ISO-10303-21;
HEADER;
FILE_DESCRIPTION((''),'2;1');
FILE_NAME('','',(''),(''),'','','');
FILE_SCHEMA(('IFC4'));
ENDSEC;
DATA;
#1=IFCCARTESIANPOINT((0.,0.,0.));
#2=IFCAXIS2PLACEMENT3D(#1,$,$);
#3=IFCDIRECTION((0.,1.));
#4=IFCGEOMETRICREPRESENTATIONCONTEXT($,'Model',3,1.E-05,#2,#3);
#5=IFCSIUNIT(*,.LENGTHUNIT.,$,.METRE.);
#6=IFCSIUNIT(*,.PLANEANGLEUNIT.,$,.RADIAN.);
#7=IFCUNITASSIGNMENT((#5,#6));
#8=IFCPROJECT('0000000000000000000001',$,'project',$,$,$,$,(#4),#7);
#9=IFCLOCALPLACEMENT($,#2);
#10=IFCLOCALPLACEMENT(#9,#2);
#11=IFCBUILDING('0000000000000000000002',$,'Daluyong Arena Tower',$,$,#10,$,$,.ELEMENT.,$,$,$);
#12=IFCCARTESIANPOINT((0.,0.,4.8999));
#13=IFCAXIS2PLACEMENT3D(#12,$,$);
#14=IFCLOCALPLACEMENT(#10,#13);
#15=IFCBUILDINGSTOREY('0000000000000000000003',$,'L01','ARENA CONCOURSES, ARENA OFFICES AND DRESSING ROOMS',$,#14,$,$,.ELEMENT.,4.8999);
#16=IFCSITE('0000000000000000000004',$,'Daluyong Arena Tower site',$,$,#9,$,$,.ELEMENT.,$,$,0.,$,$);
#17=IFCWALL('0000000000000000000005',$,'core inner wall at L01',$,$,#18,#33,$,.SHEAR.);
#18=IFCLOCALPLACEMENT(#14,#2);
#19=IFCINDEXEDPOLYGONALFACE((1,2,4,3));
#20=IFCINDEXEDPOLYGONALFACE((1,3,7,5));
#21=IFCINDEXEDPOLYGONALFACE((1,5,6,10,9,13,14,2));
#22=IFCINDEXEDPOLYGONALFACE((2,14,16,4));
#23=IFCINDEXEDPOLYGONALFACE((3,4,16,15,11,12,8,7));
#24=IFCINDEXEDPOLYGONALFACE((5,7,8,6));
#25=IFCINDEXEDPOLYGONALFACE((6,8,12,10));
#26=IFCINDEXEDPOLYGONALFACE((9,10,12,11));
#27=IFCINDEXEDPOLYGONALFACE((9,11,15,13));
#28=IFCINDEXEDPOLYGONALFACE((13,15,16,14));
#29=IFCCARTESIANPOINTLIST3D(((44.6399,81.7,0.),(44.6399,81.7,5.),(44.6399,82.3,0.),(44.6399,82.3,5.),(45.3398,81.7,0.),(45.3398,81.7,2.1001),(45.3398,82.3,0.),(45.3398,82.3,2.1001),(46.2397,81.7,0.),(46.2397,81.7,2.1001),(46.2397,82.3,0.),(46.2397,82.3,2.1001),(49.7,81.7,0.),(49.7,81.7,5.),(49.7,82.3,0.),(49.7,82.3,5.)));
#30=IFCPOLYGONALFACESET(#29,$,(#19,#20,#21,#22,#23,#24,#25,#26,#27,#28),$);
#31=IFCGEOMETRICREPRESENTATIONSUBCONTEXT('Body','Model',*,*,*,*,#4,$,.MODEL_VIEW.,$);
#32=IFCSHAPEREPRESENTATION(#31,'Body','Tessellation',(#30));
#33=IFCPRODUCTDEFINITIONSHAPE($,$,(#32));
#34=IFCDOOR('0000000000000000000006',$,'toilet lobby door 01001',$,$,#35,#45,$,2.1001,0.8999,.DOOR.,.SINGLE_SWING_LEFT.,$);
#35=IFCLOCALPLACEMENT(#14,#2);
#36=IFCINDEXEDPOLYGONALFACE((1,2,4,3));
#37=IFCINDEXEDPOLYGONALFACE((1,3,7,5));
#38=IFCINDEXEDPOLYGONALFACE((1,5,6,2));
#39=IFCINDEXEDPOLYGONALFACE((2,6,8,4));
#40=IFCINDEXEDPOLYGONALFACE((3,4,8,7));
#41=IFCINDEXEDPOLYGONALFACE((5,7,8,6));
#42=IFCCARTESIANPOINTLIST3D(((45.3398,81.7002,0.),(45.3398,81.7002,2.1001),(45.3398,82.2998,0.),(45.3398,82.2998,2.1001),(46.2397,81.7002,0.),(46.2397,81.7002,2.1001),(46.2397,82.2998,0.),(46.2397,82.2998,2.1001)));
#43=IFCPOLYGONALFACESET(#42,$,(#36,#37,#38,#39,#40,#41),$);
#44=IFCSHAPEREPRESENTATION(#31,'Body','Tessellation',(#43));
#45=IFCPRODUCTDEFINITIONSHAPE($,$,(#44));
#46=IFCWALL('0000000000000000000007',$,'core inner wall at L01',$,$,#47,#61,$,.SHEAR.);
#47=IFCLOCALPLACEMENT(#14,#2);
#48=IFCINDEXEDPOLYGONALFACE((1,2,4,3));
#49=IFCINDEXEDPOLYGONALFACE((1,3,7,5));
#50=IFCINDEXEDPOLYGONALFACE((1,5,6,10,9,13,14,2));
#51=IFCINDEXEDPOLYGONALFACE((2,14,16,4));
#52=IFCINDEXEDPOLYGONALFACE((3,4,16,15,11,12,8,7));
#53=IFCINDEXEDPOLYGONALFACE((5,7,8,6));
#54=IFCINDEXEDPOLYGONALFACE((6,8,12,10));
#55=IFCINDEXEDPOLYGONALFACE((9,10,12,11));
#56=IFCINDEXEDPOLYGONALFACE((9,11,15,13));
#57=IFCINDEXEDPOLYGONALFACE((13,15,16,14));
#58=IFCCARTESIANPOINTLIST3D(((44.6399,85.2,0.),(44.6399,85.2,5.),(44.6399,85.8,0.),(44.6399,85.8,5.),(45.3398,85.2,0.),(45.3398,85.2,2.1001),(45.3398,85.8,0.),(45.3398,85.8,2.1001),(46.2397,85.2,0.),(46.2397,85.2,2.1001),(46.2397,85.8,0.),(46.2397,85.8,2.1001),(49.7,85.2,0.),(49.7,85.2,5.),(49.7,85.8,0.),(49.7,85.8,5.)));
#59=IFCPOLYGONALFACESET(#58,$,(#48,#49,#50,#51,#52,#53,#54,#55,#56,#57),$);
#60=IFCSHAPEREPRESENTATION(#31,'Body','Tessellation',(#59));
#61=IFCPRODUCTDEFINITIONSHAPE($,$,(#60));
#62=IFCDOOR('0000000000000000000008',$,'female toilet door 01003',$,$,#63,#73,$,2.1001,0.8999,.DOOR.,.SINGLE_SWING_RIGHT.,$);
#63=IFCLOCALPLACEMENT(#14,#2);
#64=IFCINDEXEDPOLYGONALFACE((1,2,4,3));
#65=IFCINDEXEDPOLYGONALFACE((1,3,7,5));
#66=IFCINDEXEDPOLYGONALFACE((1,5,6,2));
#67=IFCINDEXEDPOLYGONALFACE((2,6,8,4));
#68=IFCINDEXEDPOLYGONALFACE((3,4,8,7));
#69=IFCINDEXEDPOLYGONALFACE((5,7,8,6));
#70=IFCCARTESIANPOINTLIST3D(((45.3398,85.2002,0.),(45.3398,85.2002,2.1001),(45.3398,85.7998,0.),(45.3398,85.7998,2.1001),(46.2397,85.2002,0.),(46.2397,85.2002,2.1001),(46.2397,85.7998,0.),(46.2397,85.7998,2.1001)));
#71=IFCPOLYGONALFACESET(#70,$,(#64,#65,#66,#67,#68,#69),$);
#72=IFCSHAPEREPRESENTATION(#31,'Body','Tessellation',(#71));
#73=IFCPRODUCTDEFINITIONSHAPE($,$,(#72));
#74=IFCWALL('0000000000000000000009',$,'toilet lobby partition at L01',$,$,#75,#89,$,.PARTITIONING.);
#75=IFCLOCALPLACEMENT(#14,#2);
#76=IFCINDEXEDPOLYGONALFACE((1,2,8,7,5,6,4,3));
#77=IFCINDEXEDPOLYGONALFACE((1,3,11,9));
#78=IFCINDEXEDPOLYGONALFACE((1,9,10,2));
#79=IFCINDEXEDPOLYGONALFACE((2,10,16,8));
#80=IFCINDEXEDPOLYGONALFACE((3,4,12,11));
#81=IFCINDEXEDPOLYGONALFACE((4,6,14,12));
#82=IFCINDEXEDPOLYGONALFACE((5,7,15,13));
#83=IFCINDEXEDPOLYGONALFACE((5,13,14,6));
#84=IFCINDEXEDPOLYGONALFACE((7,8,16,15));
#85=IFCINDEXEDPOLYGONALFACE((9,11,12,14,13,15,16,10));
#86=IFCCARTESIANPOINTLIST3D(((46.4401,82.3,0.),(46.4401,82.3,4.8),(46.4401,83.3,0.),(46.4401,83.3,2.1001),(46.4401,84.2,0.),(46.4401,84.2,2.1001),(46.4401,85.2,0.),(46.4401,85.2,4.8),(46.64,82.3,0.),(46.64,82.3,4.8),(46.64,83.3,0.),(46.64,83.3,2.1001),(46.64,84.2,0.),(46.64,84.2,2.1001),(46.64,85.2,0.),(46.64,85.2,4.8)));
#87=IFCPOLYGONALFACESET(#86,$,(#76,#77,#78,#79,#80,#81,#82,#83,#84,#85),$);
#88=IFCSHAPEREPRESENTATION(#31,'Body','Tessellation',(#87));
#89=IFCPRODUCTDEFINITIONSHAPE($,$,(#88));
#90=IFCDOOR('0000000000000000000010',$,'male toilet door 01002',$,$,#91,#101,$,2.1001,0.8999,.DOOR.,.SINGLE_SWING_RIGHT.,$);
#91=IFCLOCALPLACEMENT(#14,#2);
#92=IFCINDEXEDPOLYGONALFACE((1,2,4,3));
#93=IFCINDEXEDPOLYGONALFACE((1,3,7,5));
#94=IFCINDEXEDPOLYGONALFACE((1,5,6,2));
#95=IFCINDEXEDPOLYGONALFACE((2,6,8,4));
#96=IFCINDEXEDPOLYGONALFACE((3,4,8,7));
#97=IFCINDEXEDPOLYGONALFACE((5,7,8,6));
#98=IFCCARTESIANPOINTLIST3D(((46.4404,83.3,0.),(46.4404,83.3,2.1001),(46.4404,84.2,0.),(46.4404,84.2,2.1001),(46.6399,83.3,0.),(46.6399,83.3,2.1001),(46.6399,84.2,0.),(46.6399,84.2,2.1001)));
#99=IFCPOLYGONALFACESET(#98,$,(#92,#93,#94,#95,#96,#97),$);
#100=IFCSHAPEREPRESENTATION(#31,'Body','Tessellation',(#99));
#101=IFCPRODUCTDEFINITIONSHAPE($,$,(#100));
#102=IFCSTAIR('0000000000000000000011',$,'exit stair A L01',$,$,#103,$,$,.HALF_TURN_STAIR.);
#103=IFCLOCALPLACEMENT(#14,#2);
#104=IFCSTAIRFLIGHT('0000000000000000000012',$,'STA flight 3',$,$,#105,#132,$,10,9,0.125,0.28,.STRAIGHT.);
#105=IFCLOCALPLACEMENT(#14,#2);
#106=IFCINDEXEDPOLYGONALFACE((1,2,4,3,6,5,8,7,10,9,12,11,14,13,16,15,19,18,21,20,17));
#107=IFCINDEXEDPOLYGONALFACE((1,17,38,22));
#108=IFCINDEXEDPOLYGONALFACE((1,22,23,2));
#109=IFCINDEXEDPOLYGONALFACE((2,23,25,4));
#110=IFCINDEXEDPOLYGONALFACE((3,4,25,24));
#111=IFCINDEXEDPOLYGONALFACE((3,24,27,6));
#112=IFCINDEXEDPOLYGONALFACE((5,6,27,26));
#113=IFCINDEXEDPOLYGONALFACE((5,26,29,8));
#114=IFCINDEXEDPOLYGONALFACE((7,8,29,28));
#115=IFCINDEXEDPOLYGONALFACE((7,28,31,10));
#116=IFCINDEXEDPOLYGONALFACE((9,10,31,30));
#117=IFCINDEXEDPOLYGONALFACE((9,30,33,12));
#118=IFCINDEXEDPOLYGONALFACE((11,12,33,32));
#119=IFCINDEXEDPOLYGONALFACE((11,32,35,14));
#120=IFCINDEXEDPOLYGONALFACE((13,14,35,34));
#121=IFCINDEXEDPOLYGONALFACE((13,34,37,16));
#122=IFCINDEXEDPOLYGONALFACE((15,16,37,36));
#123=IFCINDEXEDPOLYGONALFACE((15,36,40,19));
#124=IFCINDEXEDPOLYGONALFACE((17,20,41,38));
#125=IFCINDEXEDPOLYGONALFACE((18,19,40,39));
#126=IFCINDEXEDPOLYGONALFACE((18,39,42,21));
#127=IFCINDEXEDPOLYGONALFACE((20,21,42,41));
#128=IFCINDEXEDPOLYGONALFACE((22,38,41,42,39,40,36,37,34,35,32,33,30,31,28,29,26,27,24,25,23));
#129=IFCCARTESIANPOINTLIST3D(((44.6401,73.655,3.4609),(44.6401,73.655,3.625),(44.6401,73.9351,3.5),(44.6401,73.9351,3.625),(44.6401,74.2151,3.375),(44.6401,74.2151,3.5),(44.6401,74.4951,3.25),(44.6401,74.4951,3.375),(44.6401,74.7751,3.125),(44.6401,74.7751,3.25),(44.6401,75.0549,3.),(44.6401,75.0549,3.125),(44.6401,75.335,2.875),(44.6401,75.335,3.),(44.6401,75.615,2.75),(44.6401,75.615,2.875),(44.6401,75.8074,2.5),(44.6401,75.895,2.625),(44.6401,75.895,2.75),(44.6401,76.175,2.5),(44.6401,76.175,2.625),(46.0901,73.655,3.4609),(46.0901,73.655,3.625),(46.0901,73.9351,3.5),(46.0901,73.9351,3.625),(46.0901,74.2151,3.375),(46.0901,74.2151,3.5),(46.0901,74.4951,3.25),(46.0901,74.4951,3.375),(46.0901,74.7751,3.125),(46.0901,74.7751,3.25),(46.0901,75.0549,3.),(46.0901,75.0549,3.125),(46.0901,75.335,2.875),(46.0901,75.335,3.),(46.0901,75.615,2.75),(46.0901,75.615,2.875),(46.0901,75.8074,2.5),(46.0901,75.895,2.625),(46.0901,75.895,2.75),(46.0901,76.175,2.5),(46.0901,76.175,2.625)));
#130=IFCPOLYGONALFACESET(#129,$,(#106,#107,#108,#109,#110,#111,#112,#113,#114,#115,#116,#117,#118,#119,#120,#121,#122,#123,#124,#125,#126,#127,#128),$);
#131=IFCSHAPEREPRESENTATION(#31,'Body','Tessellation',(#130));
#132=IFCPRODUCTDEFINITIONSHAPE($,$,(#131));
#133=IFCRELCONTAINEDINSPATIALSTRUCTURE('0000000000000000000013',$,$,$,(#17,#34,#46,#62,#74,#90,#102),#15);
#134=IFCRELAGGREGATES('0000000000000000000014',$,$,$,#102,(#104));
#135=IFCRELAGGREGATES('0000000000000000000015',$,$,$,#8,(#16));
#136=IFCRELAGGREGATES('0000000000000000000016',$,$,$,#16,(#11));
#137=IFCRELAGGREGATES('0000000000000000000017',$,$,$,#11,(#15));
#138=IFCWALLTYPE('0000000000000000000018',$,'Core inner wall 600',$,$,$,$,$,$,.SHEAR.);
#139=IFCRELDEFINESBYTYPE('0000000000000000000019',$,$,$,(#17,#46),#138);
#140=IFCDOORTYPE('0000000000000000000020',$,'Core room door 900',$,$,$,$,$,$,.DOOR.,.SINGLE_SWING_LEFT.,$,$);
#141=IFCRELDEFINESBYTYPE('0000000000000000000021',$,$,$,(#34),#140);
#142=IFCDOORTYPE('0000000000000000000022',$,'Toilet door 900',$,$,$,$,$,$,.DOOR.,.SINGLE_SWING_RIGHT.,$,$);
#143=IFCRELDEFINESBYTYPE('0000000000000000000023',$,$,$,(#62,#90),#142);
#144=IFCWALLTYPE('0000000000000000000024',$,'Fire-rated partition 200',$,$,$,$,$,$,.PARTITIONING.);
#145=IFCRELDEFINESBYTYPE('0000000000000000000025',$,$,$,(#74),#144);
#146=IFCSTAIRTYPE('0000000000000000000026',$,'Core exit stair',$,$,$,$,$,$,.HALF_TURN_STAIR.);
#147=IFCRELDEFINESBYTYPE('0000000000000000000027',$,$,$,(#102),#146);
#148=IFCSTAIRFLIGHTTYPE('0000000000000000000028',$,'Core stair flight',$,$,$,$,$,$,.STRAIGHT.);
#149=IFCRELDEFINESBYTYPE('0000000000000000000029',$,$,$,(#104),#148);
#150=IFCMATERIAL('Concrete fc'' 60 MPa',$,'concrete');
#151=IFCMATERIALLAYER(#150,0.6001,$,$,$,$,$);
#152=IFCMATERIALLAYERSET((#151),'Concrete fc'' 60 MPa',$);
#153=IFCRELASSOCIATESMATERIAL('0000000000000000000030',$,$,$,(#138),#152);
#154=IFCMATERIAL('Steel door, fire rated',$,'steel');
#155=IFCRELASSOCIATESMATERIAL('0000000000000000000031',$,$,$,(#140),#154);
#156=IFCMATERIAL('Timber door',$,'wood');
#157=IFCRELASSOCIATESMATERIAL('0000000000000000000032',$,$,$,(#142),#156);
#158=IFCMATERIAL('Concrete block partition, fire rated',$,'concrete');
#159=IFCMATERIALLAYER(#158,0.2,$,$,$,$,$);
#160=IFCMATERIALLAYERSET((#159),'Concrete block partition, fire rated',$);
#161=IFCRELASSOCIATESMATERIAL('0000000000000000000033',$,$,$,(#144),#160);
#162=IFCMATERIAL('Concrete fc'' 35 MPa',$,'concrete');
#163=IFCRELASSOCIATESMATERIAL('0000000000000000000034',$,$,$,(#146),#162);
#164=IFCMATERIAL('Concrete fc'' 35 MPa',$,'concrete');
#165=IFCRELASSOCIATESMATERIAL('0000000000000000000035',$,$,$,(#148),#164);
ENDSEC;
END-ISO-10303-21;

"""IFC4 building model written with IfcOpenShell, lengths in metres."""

from ifc_helpers import new_model, si_unit, direction, frame, frame_2d, origin, place, context, subcontext, project, spatial, polyline, rectangle, outline, extrude, material, layer, layer_set, type_object, element, fill, aggregate, save


model = new_model("IFC4")

# Units and contexts
model_context = context("Model", 3, precision=1e-05, world=origin(), true_north=direction((0.0, 1.0)))
body_context = subcontext(model_context, "Body", "Model", "MODEL_VIEW")
ifc_project = project(units=[si_unit("LENGTHUNIT", "METRE"), si_unit("PLANEANGLEUNIT", "RADIAN")], contexts=[model_context])

# Site, building, storey
site_placement = place(None, origin())
site = spatial("IfcSite", under=ifc_project, at=site_placement, Name="Daluyong Arena Tower site", CompositionType="ELEMENT", RefElevation=0.0)
building_placement = place(site_placement, origin())
building = spatial("IfcBuilding", under=site, at=building_placement, Name="Daluyong Arena Tower", CompositionType="ELEMENT")
storey_placement = place(building_placement, frame((0.0, 0.0, 4.8999)))
storey = spatial("IfcBuildingStorey", under=building, at=storey_placement, Name="L01", Description="ARENA CONCOURSES, ARENA OFFICES AND DRESSING ROOMS", CompositionType="ELEMENT", Elevation=4.8999)

# Walls, openings, doors
ifc_material_1 = material(Name="Concrete fc' 60 MPa", Category="concrete")
ifc_layer_1 = layer(ifc_material_1, 0.6001)
ifc_layer_set_1 = layer_set([ifc_layer_1], Name="Concrete fc' 60 MPa")
wall_type_1 = type_object("IfcWallType", Name="Core inner wall 600", PredefinedType="SHEAR", material=ifc_layer_set_1)
wall_1_placement = place(storey_placement, frame((44.6399, 82.0, 0.0), z_axis=(0.0, 0.0, 1.0), x_axis=(1.0, 0.0, 0.0)))
wall_1 = element("IfcWall", 1, at=wall_1_placement, inside=storey, type_object=wall_type_1, Name="core inner wall at L01", PredefinedType="SHEAR", context=body_context, shape_type="SweptSolid", body=[
    extrude(rectangle(XDim=5.0601, YDim=0.6001, at=frame_2d((2.53, 0.0))), origin(), (0.0, 0.0, 1.0), 5.0),
])
opening_1_placement = place(wall_1_placement, frame((0.7, 0.0, 0.0)))
opening_1 = element("IfcOpeningElement", 2, at=opening_1_placement, cuts=wall_1, PredefinedType="OPENING", context=body_context, shape_type="SweptSolid", body=[
    extrude(rectangle(XDim=0.8999, YDim=2.1001, at=frame_2d((0.45, 1.05))), frame((0.0, 0.3101, 0.0), z_axis=(0.0, -1.0, 0.0), x_axis=(1.0, 0.0, 0.0)), (0.0, 0.0, 1.0), 0.6201),
])
ifc_material_2 = material(Name="Steel door, fire rated", Category="steel")
door_type_1 = type_object("IfcDoorType", Name="Core room door 900", OperationType="SINGLE_SWING_LEFT", PredefinedType="DOOR", material=ifc_material_2)
door_1_placement = place(opening_1_placement, origin())
door_1 = element("IfcDoor", 3, at=door_1_placement, inside=storey, type_object=door_type_1, Name="toilet lobby door 01001", OperationType="SINGLE_SWING_LEFT", OverallHeight=2.1001, OverallWidth=0.8999, PredefinedType="DOOR", context=body_context, shape_type="SweptSolid", body=[
    extrude(rectangle(XDim=0.8999, YDim=2.1001, at=frame_2d((0.45, 1.05))), frame((0.0, 0.2998, 0.0), z_axis=(0.0, -1.0, 0.0), x_axis=(1.0, 0.0, 0.0)), (0.0, 0.0, 1.0), 0.5996),
])
fill(opening_1, door_1)
wall_2_placement = place(storey_placement, frame((44.6399, 85.5, 0.0), z_axis=(0.0, 0.0, 1.0), x_axis=(1.0, 0.0, 0.0)))
wall_2 = element("IfcWall", 4, at=wall_2_placement, inside=storey, type_object=wall_type_1, Name="core inner wall at L01", PredefinedType="SHEAR", context=body_context, shape_type="SweptSolid", body=[
    extrude(rectangle(XDim=5.0601, YDim=0.6001, at=frame_2d((2.53, 0.0))), origin(), (0.0, 0.0, 1.0), 5.0),
])
opening_2_placement = place(wall_2_placement, frame((0.7, 0.0, 0.0)))
opening_2 = element("IfcOpeningElement", 5, at=opening_2_placement, cuts=wall_2, PredefinedType="OPENING", context=body_context, shape_type="SweptSolid", body=[
    extrude(rectangle(XDim=0.8999, YDim=2.1001, at=frame_2d((0.45, 1.05))), frame((0.0, 0.3101, 0.0), z_axis=(0.0, -1.0, 0.0), x_axis=(1.0, 0.0, 0.0)), (0.0, 0.0, 1.0), 0.6201),
])
ifc_material_3 = material(Name="Timber door", Category="wood")
door_type_2 = type_object("IfcDoorType", Name="Toilet door 900", OperationType="SINGLE_SWING_RIGHT", PredefinedType="DOOR", material=ifc_material_3)
door_2_placement = place(opening_2_placement, origin())
door_2 = element("IfcDoor", 6, at=door_2_placement, inside=storey, type_object=door_type_2, Name="female toilet door 01003", OperationType="SINGLE_SWING_RIGHT", OverallHeight=2.1001, OverallWidth=0.8999, PredefinedType="DOOR", context=body_context, shape_type="SweptSolid", body=[
    extrude(rectangle(XDim=0.8999, YDim=2.1001, at=frame_2d((0.45, 1.05))), frame((0.0, 0.2998, 0.0), z_axis=(0.0, -1.0, 0.0), x_axis=(1.0, 0.0, 0.0)), (0.0, 0.0, 1.0), 0.5996),
])
fill(opening_2, door_2)
ifc_material_4 = material(Name="Concrete block partition, fire rated", Category="concrete")
ifc_layer_2 = layer(ifc_material_4, 0.2)
ifc_layer_set_2 = layer_set([ifc_layer_2], Name="Concrete block partition, fire rated")
wall_type_2 = type_object("IfcWallType", Name="Fire-rated partition 200", PredefinedType="PARTITIONING", material=ifc_layer_set_2)
wall_3_placement = place(storey_placement, frame((46.54, 82.3, 0.0), z_axis=(0.0, 0.0, 1.0), x_axis=(0.0, 1.0, 0.0)))
wall_3 = element("IfcWall", 7, at=wall_3_placement, inside=storey, type_object=wall_type_2, Name="toilet lobby partition at L01", PredefinedType="PARTITIONING", context=body_context, shape_type="SweptSolid", body=[
    extrude(rectangle(XDim=2.8999, YDim=0.2, at=frame_2d((1.45, 0.0))), origin(), (0.0, 0.0, 1.0), 4.8),
])
opening_3_placement = place(wall_3_placement, frame((1.0, 0.0, 0.0)))
opening_3 = element("IfcOpeningElement", 8, at=opening_3_placement, cuts=wall_3, PredefinedType="OPENING", context=body_context, shape_type="SweptSolid", body=[
    extrude(rectangle(XDim=0.8999, YDim=2.1001, at=frame_2d((0.45, 1.05))), frame((0.0, 0.1099, 0.0), z_axis=(0.0, -1.0, 0.0), x_axis=(1.0, 0.0, 0.0)), (0.0, 0.0, 1.0), 0.22),
])
door_3_placement = place(opening_3_placement, origin())
door_3 = element("IfcDoor", 9, at=door_3_placement, inside=storey, type_object=door_type_2, Name="male toilet door 01002", OperationType="SINGLE_SWING_RIGHT", OverallHeight=2.1001, OverallWidth=0.8999, PredefinedType="DOOR", context=body_context, shape_type="SweptSolid", body=[
    extrude(rectangle(XDim=0.8999, YDim=2.1001, at=frame_2d((0.45, 1.05))), frame((0.0, 0.0996, 0.0), z_axis=(0.0, -1.0, 0.0), x_axis=(1.0, 0.0, 0.0)), (0.0, 0.0, 1.0), 0.1995),
])
fill(opening_3, door_3)

# Stair, stair flight
ifc_material_5 = material(Name="Concrete fc' 35 MPa", Category="concrete")
stair_type = type_object("IfcStairType", Name="Core exit stair", PredefinedType="HALF_TURN_STAIR", material=ifc_material_5)
stair_placement = place(storey_placement, origin())
stair = element("IfcStair", 10, at=stair_placement, inside=storey, type_object=stair_type, Name="exit stair A L01", PredefinedType="HALF_TURN_STAIR")
ifc_material_6 = material(Name="Concrete fc' 35 MPa", Category="concrete")
stair_flight_type = type_object("IfcStairFlightType", Name="Core stair flight", PredefinedType="STRAIGHT", material=ifc_material_6)
stair_flight_placement = place(storey_placement, frame((45.365, 76.175, 2.5), z_axis=(0.0, 0.0, 1.0), x_axis=(0.0, -1.0, 0.0)))
stair_flight = element("IfcStairFlight", 11, at=stair_flight_placement, type_object=stair_flight_type, Name="STA flight 3", NumberOfRisers=10, NumberOfTreads=9, PredefinedType="STRAIGHT", RiserHeight=0.125, TreadLength=0.28, context=body_context, shape_type="SweptSolid", body=[
    extrude(outline(polyline([(0.0, 0.0), (0.0, 0.125), (0.28, 0.125), (0.28, 0.25), (0.5601, 0.25), (0.5601, 0.375), (0.8401, 0.375), (0.8401, 0.5), (1.1201, 0.5), (1.1201, 0.625), (1.3999, 0.625), (1.3999, 0.75), (1.6799, 0.75), (1.6799, 0.875), (1.96, 0.875), (1.96, 1.0), (2.24, 1.0), (2.24, 1.125), (2.52, 1.125), (2.52, 1.25), (2.52, 0.9609), (0.3677, 0.0), (0.0, 0.0)])), frame((0.0, 0.7251, 0.0), z_axis=(0.0, -1.0, 0.0), x_axis=(1.0, 0.0, 0.0)), (0.0, 0.0, 1.0), 1.45),
])
aggregate(stair, [stair_flight])

save(model, "model.ifc")
